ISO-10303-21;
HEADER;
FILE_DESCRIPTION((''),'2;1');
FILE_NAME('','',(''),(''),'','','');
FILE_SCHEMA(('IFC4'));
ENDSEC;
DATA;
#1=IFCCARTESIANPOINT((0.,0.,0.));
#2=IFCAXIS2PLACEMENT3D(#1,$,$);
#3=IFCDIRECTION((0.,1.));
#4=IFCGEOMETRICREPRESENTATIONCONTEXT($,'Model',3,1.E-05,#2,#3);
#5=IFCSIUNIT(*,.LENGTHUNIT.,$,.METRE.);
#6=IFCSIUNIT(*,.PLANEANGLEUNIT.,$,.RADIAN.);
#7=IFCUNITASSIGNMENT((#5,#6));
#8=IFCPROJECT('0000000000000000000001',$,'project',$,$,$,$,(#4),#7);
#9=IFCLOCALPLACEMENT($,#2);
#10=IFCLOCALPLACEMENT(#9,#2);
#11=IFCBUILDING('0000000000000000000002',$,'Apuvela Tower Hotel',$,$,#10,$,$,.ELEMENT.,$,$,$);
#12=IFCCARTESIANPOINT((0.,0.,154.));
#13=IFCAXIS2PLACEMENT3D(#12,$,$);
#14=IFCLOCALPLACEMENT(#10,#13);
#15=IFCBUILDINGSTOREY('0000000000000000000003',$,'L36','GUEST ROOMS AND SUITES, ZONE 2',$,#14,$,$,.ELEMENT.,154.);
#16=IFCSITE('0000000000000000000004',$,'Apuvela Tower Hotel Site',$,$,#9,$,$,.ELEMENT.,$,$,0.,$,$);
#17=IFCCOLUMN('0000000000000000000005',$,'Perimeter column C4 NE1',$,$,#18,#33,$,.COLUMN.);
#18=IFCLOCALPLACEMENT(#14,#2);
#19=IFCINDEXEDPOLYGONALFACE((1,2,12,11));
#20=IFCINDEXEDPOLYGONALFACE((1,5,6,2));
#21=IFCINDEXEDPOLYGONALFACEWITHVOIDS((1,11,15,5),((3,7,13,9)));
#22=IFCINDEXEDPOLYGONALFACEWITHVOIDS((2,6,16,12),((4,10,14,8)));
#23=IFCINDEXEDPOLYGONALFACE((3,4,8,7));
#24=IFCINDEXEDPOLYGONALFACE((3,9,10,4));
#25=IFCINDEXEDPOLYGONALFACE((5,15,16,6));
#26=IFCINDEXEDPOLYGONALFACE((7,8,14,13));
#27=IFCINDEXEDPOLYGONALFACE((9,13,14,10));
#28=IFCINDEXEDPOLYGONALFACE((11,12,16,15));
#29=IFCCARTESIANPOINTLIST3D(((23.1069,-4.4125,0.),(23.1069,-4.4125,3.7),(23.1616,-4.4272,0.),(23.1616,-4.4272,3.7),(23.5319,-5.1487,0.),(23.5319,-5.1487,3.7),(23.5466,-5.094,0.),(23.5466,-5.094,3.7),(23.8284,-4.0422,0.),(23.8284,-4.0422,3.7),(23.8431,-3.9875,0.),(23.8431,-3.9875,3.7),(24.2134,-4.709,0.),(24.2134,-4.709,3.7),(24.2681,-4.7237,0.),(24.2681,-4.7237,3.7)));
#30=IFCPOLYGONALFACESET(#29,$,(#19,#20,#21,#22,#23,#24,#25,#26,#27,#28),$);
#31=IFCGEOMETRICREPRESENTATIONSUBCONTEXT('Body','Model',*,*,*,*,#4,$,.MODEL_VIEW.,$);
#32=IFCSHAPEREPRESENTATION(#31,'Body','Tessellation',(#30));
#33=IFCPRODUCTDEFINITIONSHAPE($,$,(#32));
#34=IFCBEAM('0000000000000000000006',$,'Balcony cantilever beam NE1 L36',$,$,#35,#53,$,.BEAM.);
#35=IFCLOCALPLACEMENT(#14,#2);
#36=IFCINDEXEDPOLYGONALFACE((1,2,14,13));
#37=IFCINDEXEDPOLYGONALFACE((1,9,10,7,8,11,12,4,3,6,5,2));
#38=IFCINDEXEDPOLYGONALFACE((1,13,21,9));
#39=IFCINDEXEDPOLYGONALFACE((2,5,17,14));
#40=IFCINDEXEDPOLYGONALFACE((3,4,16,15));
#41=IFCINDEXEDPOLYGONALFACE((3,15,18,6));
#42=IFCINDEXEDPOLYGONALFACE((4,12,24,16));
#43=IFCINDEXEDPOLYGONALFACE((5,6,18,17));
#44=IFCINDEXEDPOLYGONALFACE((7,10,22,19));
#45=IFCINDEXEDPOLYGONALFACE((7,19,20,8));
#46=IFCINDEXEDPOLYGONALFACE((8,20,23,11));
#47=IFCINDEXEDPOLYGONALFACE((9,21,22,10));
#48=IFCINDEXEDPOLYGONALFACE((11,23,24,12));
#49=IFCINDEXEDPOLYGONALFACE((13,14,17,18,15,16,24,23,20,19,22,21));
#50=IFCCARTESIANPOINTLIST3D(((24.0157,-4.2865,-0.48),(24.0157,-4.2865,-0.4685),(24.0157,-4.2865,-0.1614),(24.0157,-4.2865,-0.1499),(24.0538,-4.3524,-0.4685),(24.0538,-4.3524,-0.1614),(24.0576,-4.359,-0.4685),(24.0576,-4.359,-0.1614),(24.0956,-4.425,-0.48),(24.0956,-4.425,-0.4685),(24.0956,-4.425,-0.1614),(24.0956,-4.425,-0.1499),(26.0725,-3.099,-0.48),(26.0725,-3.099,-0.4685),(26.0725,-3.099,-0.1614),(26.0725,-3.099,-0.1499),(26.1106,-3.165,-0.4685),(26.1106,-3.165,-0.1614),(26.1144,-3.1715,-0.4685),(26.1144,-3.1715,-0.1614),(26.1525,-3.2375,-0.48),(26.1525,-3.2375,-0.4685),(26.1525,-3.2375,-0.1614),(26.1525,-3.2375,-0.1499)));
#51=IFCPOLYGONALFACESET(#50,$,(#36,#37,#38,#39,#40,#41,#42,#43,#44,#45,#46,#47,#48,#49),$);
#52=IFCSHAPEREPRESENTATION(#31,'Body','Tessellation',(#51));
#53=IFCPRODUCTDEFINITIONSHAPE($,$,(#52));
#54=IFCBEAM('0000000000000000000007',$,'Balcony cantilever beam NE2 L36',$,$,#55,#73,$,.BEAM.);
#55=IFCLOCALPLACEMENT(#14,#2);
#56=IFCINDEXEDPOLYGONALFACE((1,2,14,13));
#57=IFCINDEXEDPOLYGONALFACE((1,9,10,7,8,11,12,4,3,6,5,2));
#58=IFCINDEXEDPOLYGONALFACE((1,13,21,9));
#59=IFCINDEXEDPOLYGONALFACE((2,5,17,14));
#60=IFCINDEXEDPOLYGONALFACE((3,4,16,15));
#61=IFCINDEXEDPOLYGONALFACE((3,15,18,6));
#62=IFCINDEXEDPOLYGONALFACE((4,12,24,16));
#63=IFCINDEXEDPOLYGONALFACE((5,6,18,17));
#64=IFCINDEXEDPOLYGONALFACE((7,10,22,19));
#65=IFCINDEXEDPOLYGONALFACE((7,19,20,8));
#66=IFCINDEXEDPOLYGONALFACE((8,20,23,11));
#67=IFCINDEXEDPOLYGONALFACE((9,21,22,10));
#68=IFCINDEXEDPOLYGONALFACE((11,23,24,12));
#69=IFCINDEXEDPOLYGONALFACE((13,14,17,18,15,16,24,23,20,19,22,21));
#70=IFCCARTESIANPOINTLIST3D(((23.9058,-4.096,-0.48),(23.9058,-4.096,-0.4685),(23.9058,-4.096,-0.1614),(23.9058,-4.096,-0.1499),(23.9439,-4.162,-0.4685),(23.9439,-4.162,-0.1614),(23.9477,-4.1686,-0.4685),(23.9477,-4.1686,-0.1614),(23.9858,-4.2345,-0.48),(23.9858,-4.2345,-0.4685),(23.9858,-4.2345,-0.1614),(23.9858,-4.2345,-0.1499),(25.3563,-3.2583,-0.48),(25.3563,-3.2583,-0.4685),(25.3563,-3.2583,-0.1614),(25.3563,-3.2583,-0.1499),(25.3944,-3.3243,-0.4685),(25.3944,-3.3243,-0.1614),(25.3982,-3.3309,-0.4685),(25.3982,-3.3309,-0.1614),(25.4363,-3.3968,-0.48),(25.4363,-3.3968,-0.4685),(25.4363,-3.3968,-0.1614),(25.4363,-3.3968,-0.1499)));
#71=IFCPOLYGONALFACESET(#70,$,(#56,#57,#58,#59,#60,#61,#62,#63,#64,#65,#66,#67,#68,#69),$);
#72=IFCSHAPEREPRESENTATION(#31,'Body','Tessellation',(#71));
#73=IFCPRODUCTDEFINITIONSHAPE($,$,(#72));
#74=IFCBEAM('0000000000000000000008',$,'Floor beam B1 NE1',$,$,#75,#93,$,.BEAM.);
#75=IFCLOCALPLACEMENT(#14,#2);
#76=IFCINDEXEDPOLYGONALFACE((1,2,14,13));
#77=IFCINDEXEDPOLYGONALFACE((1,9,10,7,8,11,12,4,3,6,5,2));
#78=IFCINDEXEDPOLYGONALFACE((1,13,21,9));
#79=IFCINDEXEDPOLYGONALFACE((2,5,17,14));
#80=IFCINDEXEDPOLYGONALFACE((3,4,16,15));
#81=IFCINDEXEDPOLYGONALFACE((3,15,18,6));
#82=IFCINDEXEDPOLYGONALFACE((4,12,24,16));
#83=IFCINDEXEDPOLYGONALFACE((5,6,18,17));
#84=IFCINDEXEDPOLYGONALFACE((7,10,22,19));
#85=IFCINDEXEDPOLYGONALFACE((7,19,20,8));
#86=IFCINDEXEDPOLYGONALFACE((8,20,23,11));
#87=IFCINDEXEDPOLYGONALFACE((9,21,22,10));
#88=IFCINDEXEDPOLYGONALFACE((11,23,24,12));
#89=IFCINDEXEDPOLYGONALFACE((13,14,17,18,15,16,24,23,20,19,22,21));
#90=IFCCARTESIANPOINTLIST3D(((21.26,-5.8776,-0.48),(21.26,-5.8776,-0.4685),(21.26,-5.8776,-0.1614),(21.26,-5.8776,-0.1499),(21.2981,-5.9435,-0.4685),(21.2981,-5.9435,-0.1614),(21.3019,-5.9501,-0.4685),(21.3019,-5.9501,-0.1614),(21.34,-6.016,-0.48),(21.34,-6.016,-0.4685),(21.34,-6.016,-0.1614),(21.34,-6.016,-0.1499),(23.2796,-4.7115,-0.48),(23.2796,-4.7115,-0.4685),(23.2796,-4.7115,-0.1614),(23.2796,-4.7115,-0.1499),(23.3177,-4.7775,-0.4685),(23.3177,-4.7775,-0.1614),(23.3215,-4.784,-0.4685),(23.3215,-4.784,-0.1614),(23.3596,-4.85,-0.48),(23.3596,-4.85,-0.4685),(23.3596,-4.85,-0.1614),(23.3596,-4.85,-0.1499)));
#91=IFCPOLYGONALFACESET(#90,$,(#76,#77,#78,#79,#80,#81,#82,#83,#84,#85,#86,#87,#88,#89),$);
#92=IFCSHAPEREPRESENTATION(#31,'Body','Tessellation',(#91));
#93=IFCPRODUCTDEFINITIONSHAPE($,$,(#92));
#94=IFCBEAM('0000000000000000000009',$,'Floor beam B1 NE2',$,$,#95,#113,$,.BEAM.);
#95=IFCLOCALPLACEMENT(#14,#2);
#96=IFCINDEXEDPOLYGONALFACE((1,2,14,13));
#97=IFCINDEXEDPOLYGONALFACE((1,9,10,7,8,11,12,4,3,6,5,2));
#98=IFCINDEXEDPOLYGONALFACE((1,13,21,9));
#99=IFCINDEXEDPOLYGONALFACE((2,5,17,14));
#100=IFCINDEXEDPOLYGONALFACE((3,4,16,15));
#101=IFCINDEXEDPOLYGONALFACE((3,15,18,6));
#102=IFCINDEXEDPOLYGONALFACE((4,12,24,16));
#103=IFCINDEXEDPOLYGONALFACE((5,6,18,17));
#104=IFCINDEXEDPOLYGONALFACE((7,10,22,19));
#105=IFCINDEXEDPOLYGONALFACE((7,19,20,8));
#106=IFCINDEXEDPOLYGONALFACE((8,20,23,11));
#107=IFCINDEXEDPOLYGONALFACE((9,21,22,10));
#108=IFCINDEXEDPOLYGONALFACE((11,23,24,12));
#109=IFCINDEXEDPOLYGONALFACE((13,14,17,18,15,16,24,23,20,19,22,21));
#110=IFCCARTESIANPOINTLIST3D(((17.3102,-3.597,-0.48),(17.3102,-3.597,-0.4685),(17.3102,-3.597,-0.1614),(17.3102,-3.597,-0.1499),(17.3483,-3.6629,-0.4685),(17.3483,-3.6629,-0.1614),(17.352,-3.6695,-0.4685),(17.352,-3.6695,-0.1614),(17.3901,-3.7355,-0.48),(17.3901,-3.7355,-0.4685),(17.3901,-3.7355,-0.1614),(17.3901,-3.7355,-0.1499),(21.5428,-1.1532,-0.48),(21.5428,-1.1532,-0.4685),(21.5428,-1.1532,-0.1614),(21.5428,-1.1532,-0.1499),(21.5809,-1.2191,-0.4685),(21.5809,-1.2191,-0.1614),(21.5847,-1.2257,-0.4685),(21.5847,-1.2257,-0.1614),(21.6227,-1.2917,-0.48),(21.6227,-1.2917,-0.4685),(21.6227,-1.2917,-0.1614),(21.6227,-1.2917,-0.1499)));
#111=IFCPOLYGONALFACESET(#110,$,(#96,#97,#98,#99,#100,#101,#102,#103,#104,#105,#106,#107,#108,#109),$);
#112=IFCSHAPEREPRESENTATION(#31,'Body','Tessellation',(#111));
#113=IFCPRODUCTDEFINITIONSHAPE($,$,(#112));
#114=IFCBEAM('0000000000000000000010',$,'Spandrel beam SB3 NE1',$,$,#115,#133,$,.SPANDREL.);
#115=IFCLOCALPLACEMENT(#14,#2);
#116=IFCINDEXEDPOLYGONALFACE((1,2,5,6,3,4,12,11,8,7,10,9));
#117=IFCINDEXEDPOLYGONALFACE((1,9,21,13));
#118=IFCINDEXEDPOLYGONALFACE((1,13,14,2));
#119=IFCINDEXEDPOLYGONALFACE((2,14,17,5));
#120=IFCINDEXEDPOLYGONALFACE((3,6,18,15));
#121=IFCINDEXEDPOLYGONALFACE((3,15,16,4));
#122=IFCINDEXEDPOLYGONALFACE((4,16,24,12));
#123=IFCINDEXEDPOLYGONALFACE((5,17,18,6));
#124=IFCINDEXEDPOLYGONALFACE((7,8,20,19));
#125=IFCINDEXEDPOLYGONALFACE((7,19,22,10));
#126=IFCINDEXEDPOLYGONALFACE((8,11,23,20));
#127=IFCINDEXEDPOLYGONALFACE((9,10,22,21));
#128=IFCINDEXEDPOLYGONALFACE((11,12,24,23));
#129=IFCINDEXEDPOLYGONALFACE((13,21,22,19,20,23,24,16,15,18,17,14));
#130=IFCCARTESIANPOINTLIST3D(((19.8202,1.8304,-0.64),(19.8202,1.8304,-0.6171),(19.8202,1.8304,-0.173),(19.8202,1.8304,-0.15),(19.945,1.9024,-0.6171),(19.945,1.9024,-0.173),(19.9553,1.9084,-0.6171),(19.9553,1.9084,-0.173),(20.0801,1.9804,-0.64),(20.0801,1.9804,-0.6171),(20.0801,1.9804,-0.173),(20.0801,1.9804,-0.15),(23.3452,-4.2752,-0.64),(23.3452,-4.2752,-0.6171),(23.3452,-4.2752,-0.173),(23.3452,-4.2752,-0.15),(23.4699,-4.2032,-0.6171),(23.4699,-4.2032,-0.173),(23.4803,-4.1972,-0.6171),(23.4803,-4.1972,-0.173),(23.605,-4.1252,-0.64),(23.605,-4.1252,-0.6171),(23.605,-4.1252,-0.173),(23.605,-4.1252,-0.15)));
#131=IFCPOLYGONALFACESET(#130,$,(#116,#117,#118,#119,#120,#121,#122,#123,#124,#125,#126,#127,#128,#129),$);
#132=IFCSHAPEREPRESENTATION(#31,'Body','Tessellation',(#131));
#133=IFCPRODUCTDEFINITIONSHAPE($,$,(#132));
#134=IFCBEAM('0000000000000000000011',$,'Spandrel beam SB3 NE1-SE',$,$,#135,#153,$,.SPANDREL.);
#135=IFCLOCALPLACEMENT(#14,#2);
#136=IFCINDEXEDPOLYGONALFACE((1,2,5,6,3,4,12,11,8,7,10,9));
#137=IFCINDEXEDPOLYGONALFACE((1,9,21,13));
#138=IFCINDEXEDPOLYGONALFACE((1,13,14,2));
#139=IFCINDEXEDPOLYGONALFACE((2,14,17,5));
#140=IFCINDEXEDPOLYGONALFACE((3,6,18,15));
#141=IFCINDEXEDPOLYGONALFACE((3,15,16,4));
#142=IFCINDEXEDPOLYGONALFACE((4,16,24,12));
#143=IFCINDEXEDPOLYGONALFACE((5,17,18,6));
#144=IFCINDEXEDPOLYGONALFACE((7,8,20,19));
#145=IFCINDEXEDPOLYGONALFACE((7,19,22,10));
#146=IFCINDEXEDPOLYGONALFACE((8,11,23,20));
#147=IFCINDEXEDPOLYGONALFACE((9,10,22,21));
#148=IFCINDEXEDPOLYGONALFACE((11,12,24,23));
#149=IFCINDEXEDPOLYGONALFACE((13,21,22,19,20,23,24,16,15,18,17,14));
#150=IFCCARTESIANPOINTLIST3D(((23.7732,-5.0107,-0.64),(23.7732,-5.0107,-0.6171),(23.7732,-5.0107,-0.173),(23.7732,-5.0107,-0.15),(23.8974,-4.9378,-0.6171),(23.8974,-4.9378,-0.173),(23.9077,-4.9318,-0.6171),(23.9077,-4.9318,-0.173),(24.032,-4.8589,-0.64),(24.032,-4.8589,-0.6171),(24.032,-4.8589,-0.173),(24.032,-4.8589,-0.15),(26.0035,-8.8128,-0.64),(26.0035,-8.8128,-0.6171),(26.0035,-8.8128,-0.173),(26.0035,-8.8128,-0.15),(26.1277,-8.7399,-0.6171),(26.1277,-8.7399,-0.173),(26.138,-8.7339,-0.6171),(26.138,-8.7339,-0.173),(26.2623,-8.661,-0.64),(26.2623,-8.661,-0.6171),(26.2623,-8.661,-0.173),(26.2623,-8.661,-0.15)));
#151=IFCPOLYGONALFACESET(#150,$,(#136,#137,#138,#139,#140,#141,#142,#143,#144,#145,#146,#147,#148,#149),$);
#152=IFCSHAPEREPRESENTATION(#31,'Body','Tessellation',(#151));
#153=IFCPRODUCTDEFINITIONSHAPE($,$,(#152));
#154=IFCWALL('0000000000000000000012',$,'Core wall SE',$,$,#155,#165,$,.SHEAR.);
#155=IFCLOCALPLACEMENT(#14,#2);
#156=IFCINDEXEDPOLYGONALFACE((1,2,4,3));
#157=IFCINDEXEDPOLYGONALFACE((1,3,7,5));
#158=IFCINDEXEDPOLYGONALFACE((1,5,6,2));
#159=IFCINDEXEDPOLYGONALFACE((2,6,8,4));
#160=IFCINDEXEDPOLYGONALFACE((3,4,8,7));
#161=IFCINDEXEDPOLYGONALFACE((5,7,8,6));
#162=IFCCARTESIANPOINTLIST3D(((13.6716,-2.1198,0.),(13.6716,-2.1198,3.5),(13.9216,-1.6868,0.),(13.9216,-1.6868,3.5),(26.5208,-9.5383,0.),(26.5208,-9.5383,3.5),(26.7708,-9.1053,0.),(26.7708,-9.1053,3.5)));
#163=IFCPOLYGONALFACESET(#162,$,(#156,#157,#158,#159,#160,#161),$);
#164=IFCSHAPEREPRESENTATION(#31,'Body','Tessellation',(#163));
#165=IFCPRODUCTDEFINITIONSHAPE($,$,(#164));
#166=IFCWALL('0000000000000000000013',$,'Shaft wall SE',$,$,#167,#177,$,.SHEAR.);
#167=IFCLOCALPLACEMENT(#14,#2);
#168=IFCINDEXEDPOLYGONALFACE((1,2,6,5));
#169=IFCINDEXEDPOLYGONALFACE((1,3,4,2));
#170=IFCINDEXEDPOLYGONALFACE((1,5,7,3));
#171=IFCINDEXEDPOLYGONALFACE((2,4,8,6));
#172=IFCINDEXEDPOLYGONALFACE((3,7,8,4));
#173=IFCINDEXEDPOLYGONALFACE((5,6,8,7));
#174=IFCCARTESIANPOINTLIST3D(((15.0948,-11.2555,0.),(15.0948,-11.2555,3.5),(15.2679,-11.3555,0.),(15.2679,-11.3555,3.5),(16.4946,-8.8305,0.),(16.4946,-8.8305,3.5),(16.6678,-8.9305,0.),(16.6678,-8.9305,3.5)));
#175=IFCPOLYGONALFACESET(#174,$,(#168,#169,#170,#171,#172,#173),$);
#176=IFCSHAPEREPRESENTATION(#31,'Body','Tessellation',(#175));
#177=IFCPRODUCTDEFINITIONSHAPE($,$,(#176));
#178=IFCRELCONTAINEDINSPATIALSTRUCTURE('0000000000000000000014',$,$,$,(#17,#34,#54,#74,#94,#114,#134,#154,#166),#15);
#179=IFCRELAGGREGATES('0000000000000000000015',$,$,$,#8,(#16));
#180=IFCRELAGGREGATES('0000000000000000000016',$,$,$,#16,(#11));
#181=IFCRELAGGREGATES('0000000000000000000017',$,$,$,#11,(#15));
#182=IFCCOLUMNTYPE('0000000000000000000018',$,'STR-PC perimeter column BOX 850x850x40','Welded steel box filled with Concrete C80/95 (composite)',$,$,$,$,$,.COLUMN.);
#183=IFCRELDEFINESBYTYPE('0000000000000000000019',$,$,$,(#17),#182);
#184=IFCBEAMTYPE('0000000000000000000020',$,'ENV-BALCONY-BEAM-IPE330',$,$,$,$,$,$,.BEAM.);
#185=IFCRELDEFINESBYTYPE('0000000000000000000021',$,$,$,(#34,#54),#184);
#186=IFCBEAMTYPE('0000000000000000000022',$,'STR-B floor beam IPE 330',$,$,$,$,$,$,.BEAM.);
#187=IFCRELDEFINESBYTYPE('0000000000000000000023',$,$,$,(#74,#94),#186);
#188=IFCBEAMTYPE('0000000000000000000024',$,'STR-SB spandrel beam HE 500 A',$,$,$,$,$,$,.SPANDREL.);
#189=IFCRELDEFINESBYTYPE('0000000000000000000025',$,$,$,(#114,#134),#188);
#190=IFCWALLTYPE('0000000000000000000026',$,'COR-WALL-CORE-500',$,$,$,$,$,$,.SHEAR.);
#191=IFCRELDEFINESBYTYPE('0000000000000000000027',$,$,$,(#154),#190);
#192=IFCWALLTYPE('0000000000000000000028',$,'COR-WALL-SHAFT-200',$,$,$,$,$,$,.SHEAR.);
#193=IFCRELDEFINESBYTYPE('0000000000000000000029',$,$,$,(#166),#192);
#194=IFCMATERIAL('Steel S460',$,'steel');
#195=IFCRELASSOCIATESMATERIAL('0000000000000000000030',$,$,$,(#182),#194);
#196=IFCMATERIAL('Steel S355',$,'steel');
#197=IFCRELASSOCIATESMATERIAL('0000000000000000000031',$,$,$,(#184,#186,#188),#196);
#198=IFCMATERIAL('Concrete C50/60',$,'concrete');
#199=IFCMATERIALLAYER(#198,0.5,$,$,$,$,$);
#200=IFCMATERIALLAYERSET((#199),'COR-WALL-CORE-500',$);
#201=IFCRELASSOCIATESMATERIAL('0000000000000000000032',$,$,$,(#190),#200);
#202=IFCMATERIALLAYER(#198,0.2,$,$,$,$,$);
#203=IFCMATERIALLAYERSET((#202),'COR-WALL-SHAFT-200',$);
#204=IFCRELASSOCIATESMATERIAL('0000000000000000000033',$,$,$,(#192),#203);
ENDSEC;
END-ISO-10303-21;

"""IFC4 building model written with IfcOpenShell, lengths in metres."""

from ifc_helpers import new_model, si_unit, direction, frame, frame_2d, origin, origin_2d, place, context, subcontext, project, spatial, rectangle, hollow_rectangle, i_section, extrude, material, layer, layer_set, material_profile, profile_set, type_object, element, save


model = new_model("IFC4")

# Units and contexts
model_context = context("Model", 3, precision=1e-05, world=origin(), true_north=direction((0.0, 1.0)))
body_context = subcontext(model_context, "Body", "Model", "MODEL_VIEW")
ifc_project = project(units=[si_unit("LENGTHUNIT", "METRE"), si_unit("PLANEANGLEUNIT", "RADIAN")], contexts=[model_context])

# Site, building, storey
site_placement = place(None, origin())
site = spatial("IfcSite", under=ifc_project, at=site_placement, Name="Apuvela Tower Hotel Site", CompositionType="ELEMENT", RefElevation=0.0)
building_placement = place(site_placement, origin())
building = spatial("IfcBuilding", under=site, at=building_placement, Name="Apuvela Tower Hotel", CompositionType="ELEMENT")
storey_placement = place(building_placement, frame((0.0, 0.0, 154.0)))
storey = spatial("IfcBuildingStorey", under=building, at=storey_placement, Name="L36", Description="GUEST ROOMS AND SUITES, ZONE 2", CompositionType="ELEMENT", Elevation=154.0)

# Column
ifc_material_1 = material(Name="Steel S460", Category="steel")
ifc_material_profile_1 = material_profile(ifc_material_1, hollow_rectangle(XDim=0.8501, YDim=0.8501, WallThickness=0.04, at=origin_2d()), Name="BOX 850x850x40")
ifc_material_2 = material(Name="Concrete C80/95", Category="concrete")
ifc_material_profile_2 = material_profile(ifc_material_2, rectangle(XDim=0.77, YDim=0.77, at=origin_2d()), Name="Concrete C80/95 infill")
ifc_profile_set_1 = profile_set([ifc_material_profile_1, ifc_material_profile_2], Name="Steel S460")
column_type = type_object("IfcColumnType", Name="STR-PC perimeter column BOX 850x850x40", Description="Welded steel box filled with Concrete C80/95 (composite)", PredefinedType="COLUMN", material=ifc_profile_set_1)
column_placement = place(storey_placement, frame((23.6875, -4.5681, 0.0), z_axis=(0.0, 0.0, 1.0), x_axis=(-0.5, 0.866025, 0.0)))
element("IfcColumn", 1, at=column_placement, inside=storey, type_object=column_type, Name="Perimeter column C4 NE1", PredefinedType="COLUMN", context=body_context, shape_type="SweptSolid", body=[
    extrude(hollow_rectangle(XDim=0.8501, YDim=0.8501, WallThickness=0.04, at=origin_2d()), origin(), (0.0, 0.0, 1.0), 3.7),
])

# Beams
ifc_material_3 = material(Name="Steel S355", Category="steel")
ifc_material_profile_3 = material_profile(ifc_material_3, i_section(OverallWidth=0.1599, OverallDepth=0.3301, WebThickness=0.0076, FlangeThickness=0.0115, at=origin_2d()), Name="IPE 330")
ifc_profile_set_2 = profile_set([ifc_material_profile_3], Name="Steel S355")
beam_type_1 = type_object("IfcBeamType", Name="ENV-BALCONY-BEAM-IPE330", PredefinedType="BEAM", material=ifc_profile_set_2)
beam_1_placement = place(storey_placement, frame((24.0557, -4.3557, -0.3149), z_axis=(0.866033, 0.499986, 0.0), x_axis=(-0.499986, 0.866033, 0.0)))
element("IfcBeam", 2, at=beam_1_placement, inside=storey, type_object=beam_type_1, Name="Balcony cantilever beam NE1 L36", PredefinedType="BEAM", context=body_context, shape_type="SweptSolid", body=[
    extrude(i_section(OverallWidth=0.1599, OverallDepth=0.3301, WebThickness=0.0076, FlangeThickness=0.0115, at=origin_2d()), origin(), (0.0, 0.0, 1.0), 2.375),
])
beam_2_placement = place(storey_placement, frame((23.9458, -4.1653, -0.3149), z_axis=(0.865965, 0.500105, 0.0), x_axis=(-0.500105, 0.865965, 0.0)))
element("IfcBeam", 3, at=beam_2_placement, inside=storey, type_object=beam_type_1, Name="Balcony cantilever beam NE2 L36", PredefinedType="BEAM", context=body_context, shape_type="SweptSolid", body=[
    extrude(i_section(OverallWidth=0.1599, OverallDepth=0.3301, WebThickness=0.0076, FlangeThickness=0.0115, at=origin_2d()), origin(), (0.0, 0.0, 1.0), 1.675),
])
ifc_material_profile_4 = material_profile(ifc_material_3, i_section(OverallWidth=0.1599, OverallDepth=0.3301, WebThickness=0.0076, FlangeThickness=0.0115, at=origin_2d()), Name="IPE 330")
ifc_profile_set_3 = profile_set([ifc_material_profile_4], Name="Steel S355")
beam_type_2 = type_object("IfcBeamType", Name="STR-B floor beam IPE 330", PredefinedType="BEAM", material=ifc_profile_set_3)
beam_3_placement = place(storey_placement, frame((23.3196, -4.7808, -0.3149), z_axis=(-0.866018, -0.500012, 0.0), x_axis=(0.500012, -0.866018, 0.0)))
element("IfcBeam", 4, at=beam_3_placement, inside=storey, type_object=beam_type_2, Name="Floor beam B1 NE1", PredefinedType="BEAM", context=body_context, shape_type="SweptSolid", body=[
    extrude(i_section(OverallWidth=0.1599, OverallDepth=0.3301, WebThickness=0.0076, FlangeThickness=0.0115, at=origin_2d()), origin(), (0.0, 0.0, 1.0), 2.332),
])
beam_4_placement = place(storey_placement, frame((21.5828, -1.2224, -0.3149), z_axis=(-0.866015, -0.500018, 0.0), x_axis=(0.500018, -0.866015, 0.0)))
element("IfcBeam", 5, at=beam_4_placement, inside=storey, type_object=beam_type_2, Name="Floor beam B1 NE2", PredefinedType="BEAM", context=body_context, shape_type="SweptSolid", body=[
    extrude(i_section(OverallWidth=0.1599, OverallDepth=0.3301, WebThickness=0.0076, FlangeThickness=0.0115, at=origin_2d()), origin(), (0.0, 0.0, 1.0), 4.8875),
])
ifc_material_profile_5 = material_profile(ifc_material_3, i_section(OverallWidth=0.3, OverallDepth=0.49, WebThickness=0.012, FlangeThickness=0.0229, at=origin_2d()), Name="HE 500 A")
ifc_profile_set_4 = profile_set([ifc_material_profile_5], Name="Steel S355")
beam_type_3 = type_object("IfcBeamType", Name="STR-SB spandrel beam HE 500 A", PredefinedType="SPANDREL", material=ifc_profile_set_4)
beam_5_placement = place(storey_placement, frame((23.4751, -4.2002, -0.395), z_axis=(-0.49999, 0.866031, 0.0), x_axis=(-0.866031, -0.49999, 0.0)))
element("IfcBeam", 6, at=beam_5_placement, inside=storey, type_object=beam_type_3, Name="Spandrel beam SB3 NE1", PredefinedType="SPANDREL", context=body_context, shape_type="SweptSolid", body=[
    extrude(i_section(OverallWidth=0.3, OverallDepth=0.49, WebThickness=0.012, FlangeThickness=0.0229, at=origin_2d()), origin(), (0.0, 0.0, 1.0), 7.05),
])
beam_6_placement = place(storey_placement, frame((23.9026, -4.9348, -0.395), z_axis=(0.505967, -0.862553, 0.0), x_axis=(0.862553, 0.505967, 0.0)))
element("IfcBeam", 7, at=beam_6_placement, inside=storey, type_object=beam_type_3, Name="Spandrel beam SB3 NE1-SE", PredefinedType="SPANDREL", context=body_context, shape_type="SweptSolid", body=[
    extrude(i_section(OverallWidth=0.3, OverallDepth=0.49, WebThickness=0.012, FlangeThickness=0.0229, at=origin_2d()), origin(), (0.0, 0.0, 1.0), 4.408),
])

# Walls
ifc_material_4 = material(Name="Concrete C50/60", Category="concrete")
ifc_layer_1 = layer(ifc_material_4, 0.5)
ifc_layer_set_1 = layer_set([ifc_layer_1], Name="COR-WALL-CORE-500")
wall_type_1 = type_object("IfcWallType", Name="COR-WALL-CORE-500", PredefinedType="SHEAR", material=ifc_layer_set_1)
wall_1_placement = place(storey_placement, frame((13.7966, -1.9033, 0.0), z_axis=(0.0, 0.0, 1.0), x_axis=(0.866025, -0.500001, 0.0)))
element("IfcWall", 8, at=wall_1_placement, inside=storey, type_object=wall_type_1, Name="Core wall SE", PredefinedType="SHEAR", context=body_context, shape_type="SweptSolid", body=[
    extrude(rectangle(XDim=14.8369, YDim=0.5, at=frame_2d((7.4185, 0.0))), origin(), (0.0, 0.0, 1.0), 3.5),
])
ifc_layer_2 = layer(ifc_material_4, 0.2)
ifc_layer_set_2 = layer_set([ifc_layer_2], Name="COR-WALL-SHAFT-200")
wall_type_2 = type_object("IfcWallType", Name="COR-WALL-SHAFT-200", PredefinedType="SHEAR", material=ifc_layer_set_2)
wall_2_placement = place(storey_placement, frame((15.1814, -11.3054, 0.0), z_axis=(0.0, 0.0, 1.0), x_axis=(0.499946, 0.866056, 0.0)))
element("IfcWall", 9, at=wall_2_placement, inside=storey, type_object=wall_type_2, Name="Shaft wall SE", PredefinedType="SHEAR", context=body_context, shape_type="SweptSolid", body=[
    extrude(rectangle(XDim=2.8, YDim=0.2, at=frame_2d((1.3999, 0.0))), origin(), (0.0, 0.0, 1.0), 3.5),
])

save(model, "model.ifc")
